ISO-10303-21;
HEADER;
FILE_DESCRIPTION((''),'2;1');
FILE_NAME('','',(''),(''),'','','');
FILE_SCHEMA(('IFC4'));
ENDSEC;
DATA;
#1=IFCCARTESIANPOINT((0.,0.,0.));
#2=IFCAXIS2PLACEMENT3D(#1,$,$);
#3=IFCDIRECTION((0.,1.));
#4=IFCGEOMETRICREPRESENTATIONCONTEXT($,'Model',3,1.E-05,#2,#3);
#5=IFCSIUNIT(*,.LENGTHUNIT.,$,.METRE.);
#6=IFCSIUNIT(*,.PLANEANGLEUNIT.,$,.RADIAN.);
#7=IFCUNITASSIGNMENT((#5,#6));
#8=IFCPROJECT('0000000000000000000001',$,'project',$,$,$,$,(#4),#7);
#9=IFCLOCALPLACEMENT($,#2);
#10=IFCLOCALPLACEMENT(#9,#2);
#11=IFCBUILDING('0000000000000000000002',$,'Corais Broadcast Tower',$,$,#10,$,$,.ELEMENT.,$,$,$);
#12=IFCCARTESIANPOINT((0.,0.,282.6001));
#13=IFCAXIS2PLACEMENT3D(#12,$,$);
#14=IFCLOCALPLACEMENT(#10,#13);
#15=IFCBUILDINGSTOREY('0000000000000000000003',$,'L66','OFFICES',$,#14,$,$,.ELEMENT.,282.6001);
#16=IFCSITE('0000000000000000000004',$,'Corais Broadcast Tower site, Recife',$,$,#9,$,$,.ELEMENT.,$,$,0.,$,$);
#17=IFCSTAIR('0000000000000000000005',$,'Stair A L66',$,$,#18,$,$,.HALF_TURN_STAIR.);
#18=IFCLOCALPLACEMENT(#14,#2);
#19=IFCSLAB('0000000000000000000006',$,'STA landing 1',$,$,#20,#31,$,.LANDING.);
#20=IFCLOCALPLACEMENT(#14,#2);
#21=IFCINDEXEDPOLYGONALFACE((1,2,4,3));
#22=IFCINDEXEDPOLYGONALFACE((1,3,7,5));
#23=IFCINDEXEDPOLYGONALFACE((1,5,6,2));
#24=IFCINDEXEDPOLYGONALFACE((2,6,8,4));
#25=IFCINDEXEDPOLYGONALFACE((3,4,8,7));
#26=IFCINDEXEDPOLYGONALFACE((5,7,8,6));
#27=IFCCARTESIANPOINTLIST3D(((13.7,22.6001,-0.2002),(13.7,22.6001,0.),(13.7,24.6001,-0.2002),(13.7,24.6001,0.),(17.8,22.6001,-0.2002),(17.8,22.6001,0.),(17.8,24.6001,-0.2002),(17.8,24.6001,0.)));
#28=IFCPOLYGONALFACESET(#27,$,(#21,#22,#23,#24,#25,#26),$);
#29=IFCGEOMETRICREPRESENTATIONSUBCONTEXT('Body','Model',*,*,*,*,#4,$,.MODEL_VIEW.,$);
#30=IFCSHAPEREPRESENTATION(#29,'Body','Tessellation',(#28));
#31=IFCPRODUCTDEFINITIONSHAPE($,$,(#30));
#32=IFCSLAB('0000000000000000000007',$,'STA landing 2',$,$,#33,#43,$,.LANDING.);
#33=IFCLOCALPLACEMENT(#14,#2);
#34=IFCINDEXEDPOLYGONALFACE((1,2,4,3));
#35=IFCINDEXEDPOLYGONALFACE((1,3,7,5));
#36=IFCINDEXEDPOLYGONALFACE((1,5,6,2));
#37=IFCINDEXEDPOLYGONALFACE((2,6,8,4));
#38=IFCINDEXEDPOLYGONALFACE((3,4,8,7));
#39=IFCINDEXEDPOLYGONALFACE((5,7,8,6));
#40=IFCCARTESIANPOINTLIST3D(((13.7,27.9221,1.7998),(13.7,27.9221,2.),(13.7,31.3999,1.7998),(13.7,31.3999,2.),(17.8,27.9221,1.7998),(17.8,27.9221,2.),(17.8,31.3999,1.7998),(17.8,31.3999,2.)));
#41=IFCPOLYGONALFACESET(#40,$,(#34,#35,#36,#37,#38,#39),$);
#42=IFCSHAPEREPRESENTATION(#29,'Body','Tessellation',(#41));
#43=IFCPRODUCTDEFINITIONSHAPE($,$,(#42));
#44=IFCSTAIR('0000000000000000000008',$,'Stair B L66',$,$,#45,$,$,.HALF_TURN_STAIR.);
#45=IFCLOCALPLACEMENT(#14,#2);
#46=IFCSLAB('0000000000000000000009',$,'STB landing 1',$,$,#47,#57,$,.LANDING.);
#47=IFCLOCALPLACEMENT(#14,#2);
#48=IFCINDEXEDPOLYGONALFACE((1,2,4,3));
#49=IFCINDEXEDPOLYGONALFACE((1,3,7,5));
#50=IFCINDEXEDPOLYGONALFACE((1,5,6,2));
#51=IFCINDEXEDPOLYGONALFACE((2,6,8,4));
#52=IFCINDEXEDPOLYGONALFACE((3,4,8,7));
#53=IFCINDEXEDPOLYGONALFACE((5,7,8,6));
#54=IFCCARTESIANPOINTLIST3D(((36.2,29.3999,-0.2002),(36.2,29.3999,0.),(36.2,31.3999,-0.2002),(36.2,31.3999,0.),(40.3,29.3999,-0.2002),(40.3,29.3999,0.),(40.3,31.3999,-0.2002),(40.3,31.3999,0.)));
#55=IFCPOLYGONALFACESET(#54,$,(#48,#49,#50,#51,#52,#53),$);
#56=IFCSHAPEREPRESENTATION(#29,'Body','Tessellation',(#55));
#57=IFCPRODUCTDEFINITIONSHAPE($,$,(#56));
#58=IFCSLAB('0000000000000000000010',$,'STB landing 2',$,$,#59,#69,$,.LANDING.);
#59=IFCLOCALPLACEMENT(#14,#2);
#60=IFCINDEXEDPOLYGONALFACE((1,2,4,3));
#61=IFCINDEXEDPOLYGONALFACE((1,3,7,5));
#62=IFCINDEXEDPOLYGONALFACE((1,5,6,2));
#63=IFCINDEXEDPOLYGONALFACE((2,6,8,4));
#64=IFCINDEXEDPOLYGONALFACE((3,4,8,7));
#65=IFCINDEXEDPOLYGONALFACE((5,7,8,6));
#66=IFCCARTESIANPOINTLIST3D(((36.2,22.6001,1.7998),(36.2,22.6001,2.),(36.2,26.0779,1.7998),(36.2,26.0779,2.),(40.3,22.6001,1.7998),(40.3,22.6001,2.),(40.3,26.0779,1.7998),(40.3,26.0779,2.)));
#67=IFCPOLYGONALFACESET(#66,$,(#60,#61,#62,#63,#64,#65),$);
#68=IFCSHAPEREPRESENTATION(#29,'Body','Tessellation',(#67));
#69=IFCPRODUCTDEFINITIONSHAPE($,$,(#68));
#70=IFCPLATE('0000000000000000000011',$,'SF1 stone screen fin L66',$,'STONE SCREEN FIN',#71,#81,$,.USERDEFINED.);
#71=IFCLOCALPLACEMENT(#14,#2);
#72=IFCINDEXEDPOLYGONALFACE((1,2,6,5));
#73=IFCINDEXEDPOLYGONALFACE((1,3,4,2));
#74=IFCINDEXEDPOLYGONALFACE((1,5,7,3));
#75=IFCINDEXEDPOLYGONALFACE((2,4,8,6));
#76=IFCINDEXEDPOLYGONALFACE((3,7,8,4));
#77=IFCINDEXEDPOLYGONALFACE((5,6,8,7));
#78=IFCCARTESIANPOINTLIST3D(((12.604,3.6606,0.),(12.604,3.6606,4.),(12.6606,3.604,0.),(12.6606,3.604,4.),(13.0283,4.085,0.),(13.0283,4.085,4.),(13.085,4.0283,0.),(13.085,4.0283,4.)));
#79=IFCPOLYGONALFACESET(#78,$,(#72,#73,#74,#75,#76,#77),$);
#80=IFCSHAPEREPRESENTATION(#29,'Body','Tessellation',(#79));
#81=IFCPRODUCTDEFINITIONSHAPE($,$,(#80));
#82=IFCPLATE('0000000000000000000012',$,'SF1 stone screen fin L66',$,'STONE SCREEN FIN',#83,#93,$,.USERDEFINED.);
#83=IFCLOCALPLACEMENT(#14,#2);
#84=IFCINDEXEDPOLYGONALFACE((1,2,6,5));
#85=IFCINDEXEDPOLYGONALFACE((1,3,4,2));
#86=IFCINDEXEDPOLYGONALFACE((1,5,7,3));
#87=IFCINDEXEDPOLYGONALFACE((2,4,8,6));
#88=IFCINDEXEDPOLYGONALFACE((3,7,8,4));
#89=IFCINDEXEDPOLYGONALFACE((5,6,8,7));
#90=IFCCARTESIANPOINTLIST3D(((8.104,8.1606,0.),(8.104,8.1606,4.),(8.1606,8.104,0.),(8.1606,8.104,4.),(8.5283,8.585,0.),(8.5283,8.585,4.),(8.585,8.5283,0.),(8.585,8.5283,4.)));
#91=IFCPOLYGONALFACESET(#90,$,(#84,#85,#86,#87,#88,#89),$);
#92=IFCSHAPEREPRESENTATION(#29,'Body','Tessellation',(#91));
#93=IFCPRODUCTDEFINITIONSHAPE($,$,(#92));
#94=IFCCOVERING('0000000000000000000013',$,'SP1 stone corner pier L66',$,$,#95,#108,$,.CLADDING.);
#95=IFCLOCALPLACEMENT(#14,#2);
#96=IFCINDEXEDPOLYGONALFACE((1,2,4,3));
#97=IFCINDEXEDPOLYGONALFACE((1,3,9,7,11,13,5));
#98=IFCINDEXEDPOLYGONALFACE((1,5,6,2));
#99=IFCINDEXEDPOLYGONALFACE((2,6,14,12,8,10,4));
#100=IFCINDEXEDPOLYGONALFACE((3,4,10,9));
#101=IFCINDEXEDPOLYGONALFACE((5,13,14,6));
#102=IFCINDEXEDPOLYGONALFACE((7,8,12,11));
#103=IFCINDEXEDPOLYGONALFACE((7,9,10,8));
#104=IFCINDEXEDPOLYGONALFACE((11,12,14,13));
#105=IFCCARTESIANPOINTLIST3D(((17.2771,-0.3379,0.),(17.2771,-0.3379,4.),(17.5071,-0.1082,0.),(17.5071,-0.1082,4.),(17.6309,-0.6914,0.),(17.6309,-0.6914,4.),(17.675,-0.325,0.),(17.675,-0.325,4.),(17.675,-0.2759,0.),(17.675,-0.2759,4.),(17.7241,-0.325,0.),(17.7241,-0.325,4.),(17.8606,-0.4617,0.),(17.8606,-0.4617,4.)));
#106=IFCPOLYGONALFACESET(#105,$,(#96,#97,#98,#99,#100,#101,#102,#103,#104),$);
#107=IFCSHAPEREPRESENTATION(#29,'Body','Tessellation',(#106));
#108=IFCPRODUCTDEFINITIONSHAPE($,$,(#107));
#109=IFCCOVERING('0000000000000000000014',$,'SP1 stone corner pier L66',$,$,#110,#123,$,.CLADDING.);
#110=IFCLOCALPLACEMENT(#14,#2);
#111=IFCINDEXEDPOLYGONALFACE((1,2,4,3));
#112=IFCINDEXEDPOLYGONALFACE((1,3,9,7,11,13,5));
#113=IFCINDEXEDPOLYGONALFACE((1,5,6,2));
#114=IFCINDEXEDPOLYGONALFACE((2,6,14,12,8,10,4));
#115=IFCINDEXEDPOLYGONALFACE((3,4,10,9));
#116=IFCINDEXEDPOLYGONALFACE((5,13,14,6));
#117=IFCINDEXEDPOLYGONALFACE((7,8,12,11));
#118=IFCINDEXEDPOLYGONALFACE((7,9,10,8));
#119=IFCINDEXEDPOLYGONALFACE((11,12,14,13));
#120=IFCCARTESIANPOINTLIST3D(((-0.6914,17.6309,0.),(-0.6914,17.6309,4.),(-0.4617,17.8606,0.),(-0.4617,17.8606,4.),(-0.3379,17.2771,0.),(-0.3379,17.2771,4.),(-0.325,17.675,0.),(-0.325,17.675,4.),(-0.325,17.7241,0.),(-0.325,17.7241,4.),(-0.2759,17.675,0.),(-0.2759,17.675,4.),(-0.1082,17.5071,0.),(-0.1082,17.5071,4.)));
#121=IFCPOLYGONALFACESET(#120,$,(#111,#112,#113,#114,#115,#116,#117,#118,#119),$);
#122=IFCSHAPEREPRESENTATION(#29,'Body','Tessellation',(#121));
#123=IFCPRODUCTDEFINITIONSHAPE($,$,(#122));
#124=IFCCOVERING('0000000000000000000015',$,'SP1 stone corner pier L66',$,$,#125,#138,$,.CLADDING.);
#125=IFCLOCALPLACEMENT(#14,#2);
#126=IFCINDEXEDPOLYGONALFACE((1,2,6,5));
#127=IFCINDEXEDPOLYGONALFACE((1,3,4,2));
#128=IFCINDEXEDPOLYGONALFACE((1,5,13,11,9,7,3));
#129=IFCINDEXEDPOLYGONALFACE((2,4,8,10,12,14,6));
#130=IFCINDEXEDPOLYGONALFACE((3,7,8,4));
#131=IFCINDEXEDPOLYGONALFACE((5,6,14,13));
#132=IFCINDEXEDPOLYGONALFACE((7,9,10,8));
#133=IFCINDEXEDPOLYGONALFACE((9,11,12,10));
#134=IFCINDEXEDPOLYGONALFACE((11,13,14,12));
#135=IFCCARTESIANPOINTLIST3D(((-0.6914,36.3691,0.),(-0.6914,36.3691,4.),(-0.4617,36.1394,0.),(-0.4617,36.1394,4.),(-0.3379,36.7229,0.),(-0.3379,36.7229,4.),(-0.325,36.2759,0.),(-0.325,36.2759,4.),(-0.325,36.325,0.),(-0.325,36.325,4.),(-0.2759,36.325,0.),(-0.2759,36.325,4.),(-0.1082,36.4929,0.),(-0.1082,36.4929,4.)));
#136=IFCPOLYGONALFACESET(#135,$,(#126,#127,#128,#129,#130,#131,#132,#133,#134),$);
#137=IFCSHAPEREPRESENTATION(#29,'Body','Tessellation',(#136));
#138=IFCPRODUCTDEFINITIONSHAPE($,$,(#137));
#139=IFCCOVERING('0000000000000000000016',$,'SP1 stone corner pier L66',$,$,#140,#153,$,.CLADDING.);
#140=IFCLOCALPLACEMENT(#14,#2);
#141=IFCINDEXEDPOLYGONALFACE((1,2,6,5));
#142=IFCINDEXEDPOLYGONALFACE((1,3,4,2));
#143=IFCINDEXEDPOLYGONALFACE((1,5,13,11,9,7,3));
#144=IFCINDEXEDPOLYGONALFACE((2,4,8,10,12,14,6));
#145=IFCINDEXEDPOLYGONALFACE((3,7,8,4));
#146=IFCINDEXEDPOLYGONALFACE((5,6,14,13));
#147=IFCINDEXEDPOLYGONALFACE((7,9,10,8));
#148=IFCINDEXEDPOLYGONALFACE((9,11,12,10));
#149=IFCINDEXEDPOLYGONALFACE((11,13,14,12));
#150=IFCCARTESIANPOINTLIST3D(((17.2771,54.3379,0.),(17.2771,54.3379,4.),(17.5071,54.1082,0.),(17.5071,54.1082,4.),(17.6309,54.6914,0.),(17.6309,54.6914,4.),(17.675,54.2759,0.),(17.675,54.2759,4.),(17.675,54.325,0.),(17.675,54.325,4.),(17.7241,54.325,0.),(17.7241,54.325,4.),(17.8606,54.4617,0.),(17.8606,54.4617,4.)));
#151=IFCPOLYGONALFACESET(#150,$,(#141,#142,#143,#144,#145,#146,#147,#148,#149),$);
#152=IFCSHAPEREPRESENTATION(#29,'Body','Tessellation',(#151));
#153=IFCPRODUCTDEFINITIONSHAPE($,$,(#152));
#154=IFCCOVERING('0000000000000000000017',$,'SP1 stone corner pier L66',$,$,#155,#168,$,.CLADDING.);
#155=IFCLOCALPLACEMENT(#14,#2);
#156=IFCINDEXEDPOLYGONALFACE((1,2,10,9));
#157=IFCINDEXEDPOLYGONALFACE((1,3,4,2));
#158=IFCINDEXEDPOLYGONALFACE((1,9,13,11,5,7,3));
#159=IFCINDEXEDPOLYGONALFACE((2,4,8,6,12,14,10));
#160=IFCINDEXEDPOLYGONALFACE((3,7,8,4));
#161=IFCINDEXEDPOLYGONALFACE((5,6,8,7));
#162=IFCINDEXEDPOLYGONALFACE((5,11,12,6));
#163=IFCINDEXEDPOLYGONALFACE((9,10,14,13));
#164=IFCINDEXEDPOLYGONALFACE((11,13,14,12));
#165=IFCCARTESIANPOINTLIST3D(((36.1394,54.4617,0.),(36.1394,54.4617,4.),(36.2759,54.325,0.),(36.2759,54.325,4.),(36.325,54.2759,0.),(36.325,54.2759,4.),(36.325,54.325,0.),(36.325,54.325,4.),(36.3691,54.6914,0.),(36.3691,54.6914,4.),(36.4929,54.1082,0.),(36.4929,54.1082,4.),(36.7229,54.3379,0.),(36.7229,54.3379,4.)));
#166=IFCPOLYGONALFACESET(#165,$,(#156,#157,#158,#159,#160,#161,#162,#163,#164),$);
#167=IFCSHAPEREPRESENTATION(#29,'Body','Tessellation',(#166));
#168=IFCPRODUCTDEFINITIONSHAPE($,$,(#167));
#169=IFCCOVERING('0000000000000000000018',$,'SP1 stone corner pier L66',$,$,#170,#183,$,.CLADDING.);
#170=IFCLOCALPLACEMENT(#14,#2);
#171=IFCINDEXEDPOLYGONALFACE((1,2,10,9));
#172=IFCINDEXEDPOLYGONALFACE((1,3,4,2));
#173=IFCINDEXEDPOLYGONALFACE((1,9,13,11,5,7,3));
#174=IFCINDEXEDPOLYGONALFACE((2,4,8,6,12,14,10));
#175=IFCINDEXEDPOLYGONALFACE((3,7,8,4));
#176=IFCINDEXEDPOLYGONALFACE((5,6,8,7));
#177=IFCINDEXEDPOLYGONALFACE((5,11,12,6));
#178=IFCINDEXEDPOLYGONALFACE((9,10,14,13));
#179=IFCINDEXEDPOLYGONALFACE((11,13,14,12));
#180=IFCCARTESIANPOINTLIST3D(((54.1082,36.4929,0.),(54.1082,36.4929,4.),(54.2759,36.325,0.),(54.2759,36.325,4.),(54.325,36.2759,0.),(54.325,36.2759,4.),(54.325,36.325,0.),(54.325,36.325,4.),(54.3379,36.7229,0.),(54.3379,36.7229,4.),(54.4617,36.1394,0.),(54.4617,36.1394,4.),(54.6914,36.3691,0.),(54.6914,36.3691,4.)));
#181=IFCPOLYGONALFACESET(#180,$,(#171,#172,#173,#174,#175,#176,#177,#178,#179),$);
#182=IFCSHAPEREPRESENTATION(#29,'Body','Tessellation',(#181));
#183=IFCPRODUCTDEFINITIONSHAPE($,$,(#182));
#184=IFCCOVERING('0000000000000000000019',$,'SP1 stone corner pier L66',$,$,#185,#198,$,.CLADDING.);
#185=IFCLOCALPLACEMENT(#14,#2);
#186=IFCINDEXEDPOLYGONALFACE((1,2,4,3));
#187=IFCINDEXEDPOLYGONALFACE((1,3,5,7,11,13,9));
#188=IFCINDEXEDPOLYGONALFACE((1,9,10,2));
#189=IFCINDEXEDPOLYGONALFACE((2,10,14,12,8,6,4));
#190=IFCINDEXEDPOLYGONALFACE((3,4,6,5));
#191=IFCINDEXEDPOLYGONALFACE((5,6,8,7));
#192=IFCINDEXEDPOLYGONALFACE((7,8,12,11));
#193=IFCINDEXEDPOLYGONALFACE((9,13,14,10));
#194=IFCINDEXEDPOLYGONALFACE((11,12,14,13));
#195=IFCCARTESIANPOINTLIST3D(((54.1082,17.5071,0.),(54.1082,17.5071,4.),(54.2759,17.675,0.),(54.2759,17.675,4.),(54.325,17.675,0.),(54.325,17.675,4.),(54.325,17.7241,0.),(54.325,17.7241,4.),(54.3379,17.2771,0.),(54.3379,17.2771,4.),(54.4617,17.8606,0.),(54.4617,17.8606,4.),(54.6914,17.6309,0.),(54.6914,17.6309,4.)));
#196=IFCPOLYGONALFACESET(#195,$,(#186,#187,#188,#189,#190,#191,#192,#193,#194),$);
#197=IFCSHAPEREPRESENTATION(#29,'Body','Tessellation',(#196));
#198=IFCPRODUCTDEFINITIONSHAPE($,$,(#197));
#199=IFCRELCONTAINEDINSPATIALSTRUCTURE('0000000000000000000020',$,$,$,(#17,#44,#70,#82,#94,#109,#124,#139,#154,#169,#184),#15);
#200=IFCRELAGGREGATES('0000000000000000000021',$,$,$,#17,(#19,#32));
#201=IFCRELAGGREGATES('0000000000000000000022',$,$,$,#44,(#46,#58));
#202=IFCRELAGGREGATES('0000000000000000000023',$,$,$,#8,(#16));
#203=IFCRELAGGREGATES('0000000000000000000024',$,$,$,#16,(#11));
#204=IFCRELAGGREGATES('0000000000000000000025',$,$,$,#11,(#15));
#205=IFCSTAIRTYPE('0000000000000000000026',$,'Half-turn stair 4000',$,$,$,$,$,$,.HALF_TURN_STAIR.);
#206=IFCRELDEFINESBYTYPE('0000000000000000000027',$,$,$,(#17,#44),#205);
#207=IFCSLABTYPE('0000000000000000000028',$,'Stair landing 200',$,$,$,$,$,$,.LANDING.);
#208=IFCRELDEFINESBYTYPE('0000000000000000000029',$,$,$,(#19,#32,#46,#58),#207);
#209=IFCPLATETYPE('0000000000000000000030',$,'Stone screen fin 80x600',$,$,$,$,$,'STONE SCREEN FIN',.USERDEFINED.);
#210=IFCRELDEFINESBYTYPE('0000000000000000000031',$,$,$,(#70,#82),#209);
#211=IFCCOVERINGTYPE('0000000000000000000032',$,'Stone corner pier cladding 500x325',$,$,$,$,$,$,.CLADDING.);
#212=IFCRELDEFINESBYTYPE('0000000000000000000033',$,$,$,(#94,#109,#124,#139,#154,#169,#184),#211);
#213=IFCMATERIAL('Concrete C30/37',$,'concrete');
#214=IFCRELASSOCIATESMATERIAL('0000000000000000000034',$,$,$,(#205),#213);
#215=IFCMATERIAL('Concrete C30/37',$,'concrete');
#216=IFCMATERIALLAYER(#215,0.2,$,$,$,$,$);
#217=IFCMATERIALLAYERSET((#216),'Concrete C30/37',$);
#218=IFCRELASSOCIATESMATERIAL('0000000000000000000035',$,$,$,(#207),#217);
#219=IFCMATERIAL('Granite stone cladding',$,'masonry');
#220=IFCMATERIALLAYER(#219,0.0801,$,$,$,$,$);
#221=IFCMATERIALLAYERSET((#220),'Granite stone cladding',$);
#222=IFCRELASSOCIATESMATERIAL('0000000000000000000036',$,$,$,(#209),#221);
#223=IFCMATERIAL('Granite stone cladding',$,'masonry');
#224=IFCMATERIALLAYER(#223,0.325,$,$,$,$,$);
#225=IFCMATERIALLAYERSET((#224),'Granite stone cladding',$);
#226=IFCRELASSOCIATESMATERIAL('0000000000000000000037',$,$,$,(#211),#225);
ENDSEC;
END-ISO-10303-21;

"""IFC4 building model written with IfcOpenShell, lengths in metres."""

from ifc_helpers import new_model, si_unit, direction, frame, origin, origin_2d, place, context, subcontext, project, spatial, polyline, rectangle, outline, extrude, material, layer, layer_set, type_object, element, aggregate, save


model = new_model("IFC4")

# Units and contexts
model_context = context("Model", 3, precision=1e-05, world=origin(), true_north=direction((0.0, 1.0)))
body_context = subcontext(model_context, "Body", "Model", "MODEL_VIEW")
ifc_project = project(units=[si_unit("LENGTHUNIT", "METRE"), si_unit("PLANEANGLEUNIT", "RADIAN")], contexts=[model_context])

# Site, building, storey
site_placement = place(None, origin())
site = spatial("IfcSite", under=ifc_project, at=site_placement, Name="Corais Broadcast Tower site, Recife", CompositionType="ELEMENT", RefElevation=0.0)
building_placement = place(site_placement, origin())
building = spatial("IfcBuilding", under=site, at=building_placement, Name="Corais Broadcast Tower", CompositionType="ELEMENT")
storey_placement = place(building_placement, frame((0.0, 0.0, 282.6001)))
storey = spatial("IfcBuildingStorey", under=building, at=storey_placement, Name="L66", Description="OFFICES", CompositionType="ELEMENT", Elevation=282.6001)

# Stairs, slabs
ifc_material_1 = material(Name="Concrete C30/37", Category="concrete")
stair_type = type_object("IfcStairType", Name="Half-turn stair 4000", PredefinedType="HALF_TURN_STAIR", material=ifc_material_1)
stair_1_placement = place(storey_placement, origin())
stair_1 = element("IfcStair", 1, at=stair_1_placement, inside=storey, type_object=stair_type, Name="Stair A L66", PredefinedType="HALF_TURN_STAIR")
ifc_material_2 = material(Name="Concrete C30/37", Category="concrete")
ifc_layer_1 = layer(ifc_material_2, 0.2)
ifc_layer_set_1 = layer_set([ifc_layer_1], Name="Concrete C30/37")
slab_type_1 = type_object("IfcSlabType", Name="Stair landing 200", PredefinedType="LANDING", material=ifc_layer_set_1)
slab_1_placement = place(storey_placement, frame((0.0, 0.0, -0.2002)))
slab_1 = element("IfcSlab", 2, at=slab_1_placement, type_object=slab_type_1, Name="STA landing 1", PredefinedType="LANDING", context=body_context, shape_type="SweptSolid", body=[
    extrude(outline(polyline([(13.7, 22.6001), (17.8, 22.6001), (17.8, 24.6001), (13.7, 24.6001), (13.7, 22.6001)])), origin(), (0.0, 0.0, 1.0), 0.2002),
])
slab_2_placement = place(storey_placement, frame((0.0, 0.0, 1.7998)))
slab_2 = element("IfcSlab", 3, at=slab_2_placement, type_object=slab_type_1, Name="STA landing 2", PredefinedType="LANDING", context=body_context, shape_type="SweptSolid", body=[
    extrude(outline(polyline([(13.7, 27.9221), (17.8, 27.9221), (17.8, 31.3999), (13.7, 31.3999), (13.7, 27.9221)])), origin(), (0.0, 0.0, 1.0), 0.2002),
])
aggregate(stair_1, [slab_1, slab_2])
stair_2_placement = place(storey_placement, origin())
stair_2 = element("IfcStair", 4, at=stair_2_placement, inside=storey, type_object=stair_type, Name="Stair B L66", PredefinedType="HALF_TURN_STAIR")
slab_3_placement = place(storey_placement, frame((0.0, 0.0, -0.2002)))
slab_3 = element("IfcSlab", 5, at=slab_3_placement, type_object=slab_type_1, Name="STB landing 1", PredefinedType="LANDING", context=body_context, shape_type="SweptSolid", body=[
    extrude(outline(polyline([(36.2, 29.3999), (40.3, 29.3999), (40.3, 31.3999), (36.2, 31.3999), (36.2, 29.3999)])), origin(), (0.0, 0.0, 1.0), 0.2002),
])
slab_4_placement = place(storey_placement, frame((0.0, 0.0, 1.7998)))
slab_4 = element("IfcSlab", 6, at=slab_4_placement, type_object=slab_type_1, Name="STB landing 2", PredefinedType="LANDING", context=body_context, shape_type="SweptSolid", body=[
    extrude(outline(polyline([(36.2, 22.6001), (40.3, 22.6001), (40.3, 26.0779), (36.2, 26.0779), (36.2, 22.6001)])), origin(), (0.0, 0.0, 1.0), 0.2002),
])
aggregate(stair_2, [slab_3, slab_4])

# Plates
ifc_material_3 = material(Name="Granite stone cladding", Category="masonry")
ifc_layer_2 = layer(ifc_material_3, 0.0801)
ifc_layer_set_2 = layer_set([ifc_layer_2], Name="Granite stone cladding")
plate_type_1 = type_object("IfcPlateType", Name="Stone screen fin 80x600", ElementType="STONE SCREEN FIN", PredefinedType="USERDEFINED", material=ifc_layer_set_2)
for number, where, z_axis, x_axis, name in (
    (7, (12.8445, 3.8445, 0.0), (0.0, 0.0, 1.0), (-0.707107, 0.707107, 0.0), "SF1 stone screen fin L66"),
    (8, (8.3445, 8.3445, 0.0), (0.0, 0.0, 1.0), (-0.707107, 0.707107, 0.0), "SF1 stone screen fin L66"),
):
    element("IfcPlate", number, at=place(storey_placement, frame(where, z_axis=z_axis, x_axis=x_axis)), inside=storey, type_object=plate_type_1, Name=name, ObjectType="STONE SCREEN FIN", PredefinedType="USERDEFINED", context=body_context, shape_type="SweptSolid", body=[
        extrude(rectangle(XDim=0.0801, YDim=0.6001, at=origin_2d()), origin(), (0.0, 0.0, 1.0), 4.0),
    ])

# Coverings
ifc_material_4 = material(Name="Granite stone cladding", Category="masonry")
ifc_layer_3 = layer(ifc_material_4, 0.325)
ifc_layer_set_3 = layer_set([ifc_layer_3], Name="Granite stone cladding")
covering_type_1 = type_object("IfcCoveringType", Name="Stone corner pier cladding 500x325", PredefinedType="CLADDING", material=ifc_layer_set_3)
covering_1_placement = place(storey_placement, origin())
element("IfcCovering", 9, at=covering_1_placement, inside=storey, type_object=covering_type_1, Name="SP1 stone corner pier L66", PredefinedType="CLADDING", context=body_context, shape_type="SweptSolid", body=[
    extrude(outline(polyline([(17.8606, -0.4617), (17.7241, -0.325), (17.675, -0.325), (17.675, -0.2759), (17.5071, -0.1082), (17.2771, -0.3379), (17.6309, -0.6914), (17.8606, -0.4617)])), origin(), (0.0, 0.0, 1.0), 4.0),
])
covering_2_placement = place(storey_placement, origin())
element("IfcCovering", 10, at=covering_2_placement, inside=storey, type_object=covering_type_1, Name="SP1 stone corner pier L66", PredefinedType="CLADDING", context=body_context, shape_type="SweptSolid", body=[
    extrude(outline(polyline([(-0.325, 17.7241), (-0.4617, 17.8606), (-0.6914, 17.6309), (-0.3379, 17.2771), (-0.1082, 17.5071), (-0.2759, 17.675), (-0.325, 17.675), (-0.325, 17.7241)])), origin(), (0.0, 0.0, 1.0), 4.0),
])
covering_3_placement = place(storey_placement, origin())
element("IfcCovering", 11, at=covering_3_placement, inside=storey, type_object=covering_type_1, Name="SP1 stone corner pier L66", PredefinedType="CLADDING", context=body_context, shape_type="SweptSolid", body=[
    extrude(outline(polyline([(-0.4617, 36.1394), (-0.325, 36.2759), (-0.325, 36.325), (-0.2759, 36.325), (-0.1082, 36.4929), (-0.3379, 36.7229), (-0.6914, 36.3691), (-0.4617, 36.1394)])), origin(), (0.0, 0.0, 1.0), 4.0),
])
covering_4_placement = place(storey_placement, origin())
element("IfcCovering", 12, at=covering_4_placement, inside=storey, type_object=covering_type_1, Name="SP1 stone corner pier L66", PredefinedType="CLADDING", context=body_context, shape_type="SweptSolid", body=[
    extrude(outline(polyline([(17.7241, 54.325), (17.8606, 54.4617), (17.6309, 54.6914), (17.2771, 54.3379), (17.5071, 54.1082), (17.675, 54.2759), (17.675, 54.325), (17.7241, 54.325)])), origin(), (0.0, 0.0, 1.0), 4.0),
])
covering_5_placement = place(storey_placement, origin())
element("IfcCovering", 13, at=covering_5_placement, inside=storey, type_object=covering_type_1, Name="SP1 stone corner pier L66", PredefinedType="CLADDING", context=body_context, shape_type="SweptSolid", body=[
    extrude(outline(polyline([(36.1394, 54.4617), (36.2759, 54.325), (36.325, 54.325), (36.325, 54.2759), (36.4929, 54.1082), (36.7229, 54.3379), (36.3691, 54.6914), (36.1394, 54.4617)])), origin(), (0.0, 0.0, 1.0), 4.0),
])
covering_6_placement = place(storey_placement, origin())
element("IfcCovering", 14, at=covering_6_placement, inside=storey, type_object=covering_type_1, Name="SP1 stone corner pier L66", PredefinedType="CLADDING", context=body_context, shape_type="SweptSolid", body=[
    extrude(outline(polyline([(54.325, 36.2759), (54.4617, 36.1394), (54.6914, 36.3691), (54.3379, 36.7229), (54.1082, 36.4929), (54.2759, 36.325), (54.325, 36.325), (54.325, 36.2759)])), origin(), (0.0, 0.0, 1.0), 4.0),
])
covering_7_placement = place(storey_placement, origin())
element("IfcCovering", 15, at=covering_7_placement, inside=storey, type_object=covering_type_1, Name="SP1 stone corner pier L66", PredefinedType="CLADDING", context=body_context, shape_type="SweptSolid", body=[
    extrude(outline(polyline([(54.4617, 17.8606), (54.325, 17.7241), (54.325, 17.675), (54.2759, 17.675), (54.1082, 17.5071), (54.3379, 17.2771), (54.6914, 17.6309), (54.4617, 17.8606)])), origin(), (0.0, 0.0, 1.0), 4.0),
])

save(model, "model.ifc")
